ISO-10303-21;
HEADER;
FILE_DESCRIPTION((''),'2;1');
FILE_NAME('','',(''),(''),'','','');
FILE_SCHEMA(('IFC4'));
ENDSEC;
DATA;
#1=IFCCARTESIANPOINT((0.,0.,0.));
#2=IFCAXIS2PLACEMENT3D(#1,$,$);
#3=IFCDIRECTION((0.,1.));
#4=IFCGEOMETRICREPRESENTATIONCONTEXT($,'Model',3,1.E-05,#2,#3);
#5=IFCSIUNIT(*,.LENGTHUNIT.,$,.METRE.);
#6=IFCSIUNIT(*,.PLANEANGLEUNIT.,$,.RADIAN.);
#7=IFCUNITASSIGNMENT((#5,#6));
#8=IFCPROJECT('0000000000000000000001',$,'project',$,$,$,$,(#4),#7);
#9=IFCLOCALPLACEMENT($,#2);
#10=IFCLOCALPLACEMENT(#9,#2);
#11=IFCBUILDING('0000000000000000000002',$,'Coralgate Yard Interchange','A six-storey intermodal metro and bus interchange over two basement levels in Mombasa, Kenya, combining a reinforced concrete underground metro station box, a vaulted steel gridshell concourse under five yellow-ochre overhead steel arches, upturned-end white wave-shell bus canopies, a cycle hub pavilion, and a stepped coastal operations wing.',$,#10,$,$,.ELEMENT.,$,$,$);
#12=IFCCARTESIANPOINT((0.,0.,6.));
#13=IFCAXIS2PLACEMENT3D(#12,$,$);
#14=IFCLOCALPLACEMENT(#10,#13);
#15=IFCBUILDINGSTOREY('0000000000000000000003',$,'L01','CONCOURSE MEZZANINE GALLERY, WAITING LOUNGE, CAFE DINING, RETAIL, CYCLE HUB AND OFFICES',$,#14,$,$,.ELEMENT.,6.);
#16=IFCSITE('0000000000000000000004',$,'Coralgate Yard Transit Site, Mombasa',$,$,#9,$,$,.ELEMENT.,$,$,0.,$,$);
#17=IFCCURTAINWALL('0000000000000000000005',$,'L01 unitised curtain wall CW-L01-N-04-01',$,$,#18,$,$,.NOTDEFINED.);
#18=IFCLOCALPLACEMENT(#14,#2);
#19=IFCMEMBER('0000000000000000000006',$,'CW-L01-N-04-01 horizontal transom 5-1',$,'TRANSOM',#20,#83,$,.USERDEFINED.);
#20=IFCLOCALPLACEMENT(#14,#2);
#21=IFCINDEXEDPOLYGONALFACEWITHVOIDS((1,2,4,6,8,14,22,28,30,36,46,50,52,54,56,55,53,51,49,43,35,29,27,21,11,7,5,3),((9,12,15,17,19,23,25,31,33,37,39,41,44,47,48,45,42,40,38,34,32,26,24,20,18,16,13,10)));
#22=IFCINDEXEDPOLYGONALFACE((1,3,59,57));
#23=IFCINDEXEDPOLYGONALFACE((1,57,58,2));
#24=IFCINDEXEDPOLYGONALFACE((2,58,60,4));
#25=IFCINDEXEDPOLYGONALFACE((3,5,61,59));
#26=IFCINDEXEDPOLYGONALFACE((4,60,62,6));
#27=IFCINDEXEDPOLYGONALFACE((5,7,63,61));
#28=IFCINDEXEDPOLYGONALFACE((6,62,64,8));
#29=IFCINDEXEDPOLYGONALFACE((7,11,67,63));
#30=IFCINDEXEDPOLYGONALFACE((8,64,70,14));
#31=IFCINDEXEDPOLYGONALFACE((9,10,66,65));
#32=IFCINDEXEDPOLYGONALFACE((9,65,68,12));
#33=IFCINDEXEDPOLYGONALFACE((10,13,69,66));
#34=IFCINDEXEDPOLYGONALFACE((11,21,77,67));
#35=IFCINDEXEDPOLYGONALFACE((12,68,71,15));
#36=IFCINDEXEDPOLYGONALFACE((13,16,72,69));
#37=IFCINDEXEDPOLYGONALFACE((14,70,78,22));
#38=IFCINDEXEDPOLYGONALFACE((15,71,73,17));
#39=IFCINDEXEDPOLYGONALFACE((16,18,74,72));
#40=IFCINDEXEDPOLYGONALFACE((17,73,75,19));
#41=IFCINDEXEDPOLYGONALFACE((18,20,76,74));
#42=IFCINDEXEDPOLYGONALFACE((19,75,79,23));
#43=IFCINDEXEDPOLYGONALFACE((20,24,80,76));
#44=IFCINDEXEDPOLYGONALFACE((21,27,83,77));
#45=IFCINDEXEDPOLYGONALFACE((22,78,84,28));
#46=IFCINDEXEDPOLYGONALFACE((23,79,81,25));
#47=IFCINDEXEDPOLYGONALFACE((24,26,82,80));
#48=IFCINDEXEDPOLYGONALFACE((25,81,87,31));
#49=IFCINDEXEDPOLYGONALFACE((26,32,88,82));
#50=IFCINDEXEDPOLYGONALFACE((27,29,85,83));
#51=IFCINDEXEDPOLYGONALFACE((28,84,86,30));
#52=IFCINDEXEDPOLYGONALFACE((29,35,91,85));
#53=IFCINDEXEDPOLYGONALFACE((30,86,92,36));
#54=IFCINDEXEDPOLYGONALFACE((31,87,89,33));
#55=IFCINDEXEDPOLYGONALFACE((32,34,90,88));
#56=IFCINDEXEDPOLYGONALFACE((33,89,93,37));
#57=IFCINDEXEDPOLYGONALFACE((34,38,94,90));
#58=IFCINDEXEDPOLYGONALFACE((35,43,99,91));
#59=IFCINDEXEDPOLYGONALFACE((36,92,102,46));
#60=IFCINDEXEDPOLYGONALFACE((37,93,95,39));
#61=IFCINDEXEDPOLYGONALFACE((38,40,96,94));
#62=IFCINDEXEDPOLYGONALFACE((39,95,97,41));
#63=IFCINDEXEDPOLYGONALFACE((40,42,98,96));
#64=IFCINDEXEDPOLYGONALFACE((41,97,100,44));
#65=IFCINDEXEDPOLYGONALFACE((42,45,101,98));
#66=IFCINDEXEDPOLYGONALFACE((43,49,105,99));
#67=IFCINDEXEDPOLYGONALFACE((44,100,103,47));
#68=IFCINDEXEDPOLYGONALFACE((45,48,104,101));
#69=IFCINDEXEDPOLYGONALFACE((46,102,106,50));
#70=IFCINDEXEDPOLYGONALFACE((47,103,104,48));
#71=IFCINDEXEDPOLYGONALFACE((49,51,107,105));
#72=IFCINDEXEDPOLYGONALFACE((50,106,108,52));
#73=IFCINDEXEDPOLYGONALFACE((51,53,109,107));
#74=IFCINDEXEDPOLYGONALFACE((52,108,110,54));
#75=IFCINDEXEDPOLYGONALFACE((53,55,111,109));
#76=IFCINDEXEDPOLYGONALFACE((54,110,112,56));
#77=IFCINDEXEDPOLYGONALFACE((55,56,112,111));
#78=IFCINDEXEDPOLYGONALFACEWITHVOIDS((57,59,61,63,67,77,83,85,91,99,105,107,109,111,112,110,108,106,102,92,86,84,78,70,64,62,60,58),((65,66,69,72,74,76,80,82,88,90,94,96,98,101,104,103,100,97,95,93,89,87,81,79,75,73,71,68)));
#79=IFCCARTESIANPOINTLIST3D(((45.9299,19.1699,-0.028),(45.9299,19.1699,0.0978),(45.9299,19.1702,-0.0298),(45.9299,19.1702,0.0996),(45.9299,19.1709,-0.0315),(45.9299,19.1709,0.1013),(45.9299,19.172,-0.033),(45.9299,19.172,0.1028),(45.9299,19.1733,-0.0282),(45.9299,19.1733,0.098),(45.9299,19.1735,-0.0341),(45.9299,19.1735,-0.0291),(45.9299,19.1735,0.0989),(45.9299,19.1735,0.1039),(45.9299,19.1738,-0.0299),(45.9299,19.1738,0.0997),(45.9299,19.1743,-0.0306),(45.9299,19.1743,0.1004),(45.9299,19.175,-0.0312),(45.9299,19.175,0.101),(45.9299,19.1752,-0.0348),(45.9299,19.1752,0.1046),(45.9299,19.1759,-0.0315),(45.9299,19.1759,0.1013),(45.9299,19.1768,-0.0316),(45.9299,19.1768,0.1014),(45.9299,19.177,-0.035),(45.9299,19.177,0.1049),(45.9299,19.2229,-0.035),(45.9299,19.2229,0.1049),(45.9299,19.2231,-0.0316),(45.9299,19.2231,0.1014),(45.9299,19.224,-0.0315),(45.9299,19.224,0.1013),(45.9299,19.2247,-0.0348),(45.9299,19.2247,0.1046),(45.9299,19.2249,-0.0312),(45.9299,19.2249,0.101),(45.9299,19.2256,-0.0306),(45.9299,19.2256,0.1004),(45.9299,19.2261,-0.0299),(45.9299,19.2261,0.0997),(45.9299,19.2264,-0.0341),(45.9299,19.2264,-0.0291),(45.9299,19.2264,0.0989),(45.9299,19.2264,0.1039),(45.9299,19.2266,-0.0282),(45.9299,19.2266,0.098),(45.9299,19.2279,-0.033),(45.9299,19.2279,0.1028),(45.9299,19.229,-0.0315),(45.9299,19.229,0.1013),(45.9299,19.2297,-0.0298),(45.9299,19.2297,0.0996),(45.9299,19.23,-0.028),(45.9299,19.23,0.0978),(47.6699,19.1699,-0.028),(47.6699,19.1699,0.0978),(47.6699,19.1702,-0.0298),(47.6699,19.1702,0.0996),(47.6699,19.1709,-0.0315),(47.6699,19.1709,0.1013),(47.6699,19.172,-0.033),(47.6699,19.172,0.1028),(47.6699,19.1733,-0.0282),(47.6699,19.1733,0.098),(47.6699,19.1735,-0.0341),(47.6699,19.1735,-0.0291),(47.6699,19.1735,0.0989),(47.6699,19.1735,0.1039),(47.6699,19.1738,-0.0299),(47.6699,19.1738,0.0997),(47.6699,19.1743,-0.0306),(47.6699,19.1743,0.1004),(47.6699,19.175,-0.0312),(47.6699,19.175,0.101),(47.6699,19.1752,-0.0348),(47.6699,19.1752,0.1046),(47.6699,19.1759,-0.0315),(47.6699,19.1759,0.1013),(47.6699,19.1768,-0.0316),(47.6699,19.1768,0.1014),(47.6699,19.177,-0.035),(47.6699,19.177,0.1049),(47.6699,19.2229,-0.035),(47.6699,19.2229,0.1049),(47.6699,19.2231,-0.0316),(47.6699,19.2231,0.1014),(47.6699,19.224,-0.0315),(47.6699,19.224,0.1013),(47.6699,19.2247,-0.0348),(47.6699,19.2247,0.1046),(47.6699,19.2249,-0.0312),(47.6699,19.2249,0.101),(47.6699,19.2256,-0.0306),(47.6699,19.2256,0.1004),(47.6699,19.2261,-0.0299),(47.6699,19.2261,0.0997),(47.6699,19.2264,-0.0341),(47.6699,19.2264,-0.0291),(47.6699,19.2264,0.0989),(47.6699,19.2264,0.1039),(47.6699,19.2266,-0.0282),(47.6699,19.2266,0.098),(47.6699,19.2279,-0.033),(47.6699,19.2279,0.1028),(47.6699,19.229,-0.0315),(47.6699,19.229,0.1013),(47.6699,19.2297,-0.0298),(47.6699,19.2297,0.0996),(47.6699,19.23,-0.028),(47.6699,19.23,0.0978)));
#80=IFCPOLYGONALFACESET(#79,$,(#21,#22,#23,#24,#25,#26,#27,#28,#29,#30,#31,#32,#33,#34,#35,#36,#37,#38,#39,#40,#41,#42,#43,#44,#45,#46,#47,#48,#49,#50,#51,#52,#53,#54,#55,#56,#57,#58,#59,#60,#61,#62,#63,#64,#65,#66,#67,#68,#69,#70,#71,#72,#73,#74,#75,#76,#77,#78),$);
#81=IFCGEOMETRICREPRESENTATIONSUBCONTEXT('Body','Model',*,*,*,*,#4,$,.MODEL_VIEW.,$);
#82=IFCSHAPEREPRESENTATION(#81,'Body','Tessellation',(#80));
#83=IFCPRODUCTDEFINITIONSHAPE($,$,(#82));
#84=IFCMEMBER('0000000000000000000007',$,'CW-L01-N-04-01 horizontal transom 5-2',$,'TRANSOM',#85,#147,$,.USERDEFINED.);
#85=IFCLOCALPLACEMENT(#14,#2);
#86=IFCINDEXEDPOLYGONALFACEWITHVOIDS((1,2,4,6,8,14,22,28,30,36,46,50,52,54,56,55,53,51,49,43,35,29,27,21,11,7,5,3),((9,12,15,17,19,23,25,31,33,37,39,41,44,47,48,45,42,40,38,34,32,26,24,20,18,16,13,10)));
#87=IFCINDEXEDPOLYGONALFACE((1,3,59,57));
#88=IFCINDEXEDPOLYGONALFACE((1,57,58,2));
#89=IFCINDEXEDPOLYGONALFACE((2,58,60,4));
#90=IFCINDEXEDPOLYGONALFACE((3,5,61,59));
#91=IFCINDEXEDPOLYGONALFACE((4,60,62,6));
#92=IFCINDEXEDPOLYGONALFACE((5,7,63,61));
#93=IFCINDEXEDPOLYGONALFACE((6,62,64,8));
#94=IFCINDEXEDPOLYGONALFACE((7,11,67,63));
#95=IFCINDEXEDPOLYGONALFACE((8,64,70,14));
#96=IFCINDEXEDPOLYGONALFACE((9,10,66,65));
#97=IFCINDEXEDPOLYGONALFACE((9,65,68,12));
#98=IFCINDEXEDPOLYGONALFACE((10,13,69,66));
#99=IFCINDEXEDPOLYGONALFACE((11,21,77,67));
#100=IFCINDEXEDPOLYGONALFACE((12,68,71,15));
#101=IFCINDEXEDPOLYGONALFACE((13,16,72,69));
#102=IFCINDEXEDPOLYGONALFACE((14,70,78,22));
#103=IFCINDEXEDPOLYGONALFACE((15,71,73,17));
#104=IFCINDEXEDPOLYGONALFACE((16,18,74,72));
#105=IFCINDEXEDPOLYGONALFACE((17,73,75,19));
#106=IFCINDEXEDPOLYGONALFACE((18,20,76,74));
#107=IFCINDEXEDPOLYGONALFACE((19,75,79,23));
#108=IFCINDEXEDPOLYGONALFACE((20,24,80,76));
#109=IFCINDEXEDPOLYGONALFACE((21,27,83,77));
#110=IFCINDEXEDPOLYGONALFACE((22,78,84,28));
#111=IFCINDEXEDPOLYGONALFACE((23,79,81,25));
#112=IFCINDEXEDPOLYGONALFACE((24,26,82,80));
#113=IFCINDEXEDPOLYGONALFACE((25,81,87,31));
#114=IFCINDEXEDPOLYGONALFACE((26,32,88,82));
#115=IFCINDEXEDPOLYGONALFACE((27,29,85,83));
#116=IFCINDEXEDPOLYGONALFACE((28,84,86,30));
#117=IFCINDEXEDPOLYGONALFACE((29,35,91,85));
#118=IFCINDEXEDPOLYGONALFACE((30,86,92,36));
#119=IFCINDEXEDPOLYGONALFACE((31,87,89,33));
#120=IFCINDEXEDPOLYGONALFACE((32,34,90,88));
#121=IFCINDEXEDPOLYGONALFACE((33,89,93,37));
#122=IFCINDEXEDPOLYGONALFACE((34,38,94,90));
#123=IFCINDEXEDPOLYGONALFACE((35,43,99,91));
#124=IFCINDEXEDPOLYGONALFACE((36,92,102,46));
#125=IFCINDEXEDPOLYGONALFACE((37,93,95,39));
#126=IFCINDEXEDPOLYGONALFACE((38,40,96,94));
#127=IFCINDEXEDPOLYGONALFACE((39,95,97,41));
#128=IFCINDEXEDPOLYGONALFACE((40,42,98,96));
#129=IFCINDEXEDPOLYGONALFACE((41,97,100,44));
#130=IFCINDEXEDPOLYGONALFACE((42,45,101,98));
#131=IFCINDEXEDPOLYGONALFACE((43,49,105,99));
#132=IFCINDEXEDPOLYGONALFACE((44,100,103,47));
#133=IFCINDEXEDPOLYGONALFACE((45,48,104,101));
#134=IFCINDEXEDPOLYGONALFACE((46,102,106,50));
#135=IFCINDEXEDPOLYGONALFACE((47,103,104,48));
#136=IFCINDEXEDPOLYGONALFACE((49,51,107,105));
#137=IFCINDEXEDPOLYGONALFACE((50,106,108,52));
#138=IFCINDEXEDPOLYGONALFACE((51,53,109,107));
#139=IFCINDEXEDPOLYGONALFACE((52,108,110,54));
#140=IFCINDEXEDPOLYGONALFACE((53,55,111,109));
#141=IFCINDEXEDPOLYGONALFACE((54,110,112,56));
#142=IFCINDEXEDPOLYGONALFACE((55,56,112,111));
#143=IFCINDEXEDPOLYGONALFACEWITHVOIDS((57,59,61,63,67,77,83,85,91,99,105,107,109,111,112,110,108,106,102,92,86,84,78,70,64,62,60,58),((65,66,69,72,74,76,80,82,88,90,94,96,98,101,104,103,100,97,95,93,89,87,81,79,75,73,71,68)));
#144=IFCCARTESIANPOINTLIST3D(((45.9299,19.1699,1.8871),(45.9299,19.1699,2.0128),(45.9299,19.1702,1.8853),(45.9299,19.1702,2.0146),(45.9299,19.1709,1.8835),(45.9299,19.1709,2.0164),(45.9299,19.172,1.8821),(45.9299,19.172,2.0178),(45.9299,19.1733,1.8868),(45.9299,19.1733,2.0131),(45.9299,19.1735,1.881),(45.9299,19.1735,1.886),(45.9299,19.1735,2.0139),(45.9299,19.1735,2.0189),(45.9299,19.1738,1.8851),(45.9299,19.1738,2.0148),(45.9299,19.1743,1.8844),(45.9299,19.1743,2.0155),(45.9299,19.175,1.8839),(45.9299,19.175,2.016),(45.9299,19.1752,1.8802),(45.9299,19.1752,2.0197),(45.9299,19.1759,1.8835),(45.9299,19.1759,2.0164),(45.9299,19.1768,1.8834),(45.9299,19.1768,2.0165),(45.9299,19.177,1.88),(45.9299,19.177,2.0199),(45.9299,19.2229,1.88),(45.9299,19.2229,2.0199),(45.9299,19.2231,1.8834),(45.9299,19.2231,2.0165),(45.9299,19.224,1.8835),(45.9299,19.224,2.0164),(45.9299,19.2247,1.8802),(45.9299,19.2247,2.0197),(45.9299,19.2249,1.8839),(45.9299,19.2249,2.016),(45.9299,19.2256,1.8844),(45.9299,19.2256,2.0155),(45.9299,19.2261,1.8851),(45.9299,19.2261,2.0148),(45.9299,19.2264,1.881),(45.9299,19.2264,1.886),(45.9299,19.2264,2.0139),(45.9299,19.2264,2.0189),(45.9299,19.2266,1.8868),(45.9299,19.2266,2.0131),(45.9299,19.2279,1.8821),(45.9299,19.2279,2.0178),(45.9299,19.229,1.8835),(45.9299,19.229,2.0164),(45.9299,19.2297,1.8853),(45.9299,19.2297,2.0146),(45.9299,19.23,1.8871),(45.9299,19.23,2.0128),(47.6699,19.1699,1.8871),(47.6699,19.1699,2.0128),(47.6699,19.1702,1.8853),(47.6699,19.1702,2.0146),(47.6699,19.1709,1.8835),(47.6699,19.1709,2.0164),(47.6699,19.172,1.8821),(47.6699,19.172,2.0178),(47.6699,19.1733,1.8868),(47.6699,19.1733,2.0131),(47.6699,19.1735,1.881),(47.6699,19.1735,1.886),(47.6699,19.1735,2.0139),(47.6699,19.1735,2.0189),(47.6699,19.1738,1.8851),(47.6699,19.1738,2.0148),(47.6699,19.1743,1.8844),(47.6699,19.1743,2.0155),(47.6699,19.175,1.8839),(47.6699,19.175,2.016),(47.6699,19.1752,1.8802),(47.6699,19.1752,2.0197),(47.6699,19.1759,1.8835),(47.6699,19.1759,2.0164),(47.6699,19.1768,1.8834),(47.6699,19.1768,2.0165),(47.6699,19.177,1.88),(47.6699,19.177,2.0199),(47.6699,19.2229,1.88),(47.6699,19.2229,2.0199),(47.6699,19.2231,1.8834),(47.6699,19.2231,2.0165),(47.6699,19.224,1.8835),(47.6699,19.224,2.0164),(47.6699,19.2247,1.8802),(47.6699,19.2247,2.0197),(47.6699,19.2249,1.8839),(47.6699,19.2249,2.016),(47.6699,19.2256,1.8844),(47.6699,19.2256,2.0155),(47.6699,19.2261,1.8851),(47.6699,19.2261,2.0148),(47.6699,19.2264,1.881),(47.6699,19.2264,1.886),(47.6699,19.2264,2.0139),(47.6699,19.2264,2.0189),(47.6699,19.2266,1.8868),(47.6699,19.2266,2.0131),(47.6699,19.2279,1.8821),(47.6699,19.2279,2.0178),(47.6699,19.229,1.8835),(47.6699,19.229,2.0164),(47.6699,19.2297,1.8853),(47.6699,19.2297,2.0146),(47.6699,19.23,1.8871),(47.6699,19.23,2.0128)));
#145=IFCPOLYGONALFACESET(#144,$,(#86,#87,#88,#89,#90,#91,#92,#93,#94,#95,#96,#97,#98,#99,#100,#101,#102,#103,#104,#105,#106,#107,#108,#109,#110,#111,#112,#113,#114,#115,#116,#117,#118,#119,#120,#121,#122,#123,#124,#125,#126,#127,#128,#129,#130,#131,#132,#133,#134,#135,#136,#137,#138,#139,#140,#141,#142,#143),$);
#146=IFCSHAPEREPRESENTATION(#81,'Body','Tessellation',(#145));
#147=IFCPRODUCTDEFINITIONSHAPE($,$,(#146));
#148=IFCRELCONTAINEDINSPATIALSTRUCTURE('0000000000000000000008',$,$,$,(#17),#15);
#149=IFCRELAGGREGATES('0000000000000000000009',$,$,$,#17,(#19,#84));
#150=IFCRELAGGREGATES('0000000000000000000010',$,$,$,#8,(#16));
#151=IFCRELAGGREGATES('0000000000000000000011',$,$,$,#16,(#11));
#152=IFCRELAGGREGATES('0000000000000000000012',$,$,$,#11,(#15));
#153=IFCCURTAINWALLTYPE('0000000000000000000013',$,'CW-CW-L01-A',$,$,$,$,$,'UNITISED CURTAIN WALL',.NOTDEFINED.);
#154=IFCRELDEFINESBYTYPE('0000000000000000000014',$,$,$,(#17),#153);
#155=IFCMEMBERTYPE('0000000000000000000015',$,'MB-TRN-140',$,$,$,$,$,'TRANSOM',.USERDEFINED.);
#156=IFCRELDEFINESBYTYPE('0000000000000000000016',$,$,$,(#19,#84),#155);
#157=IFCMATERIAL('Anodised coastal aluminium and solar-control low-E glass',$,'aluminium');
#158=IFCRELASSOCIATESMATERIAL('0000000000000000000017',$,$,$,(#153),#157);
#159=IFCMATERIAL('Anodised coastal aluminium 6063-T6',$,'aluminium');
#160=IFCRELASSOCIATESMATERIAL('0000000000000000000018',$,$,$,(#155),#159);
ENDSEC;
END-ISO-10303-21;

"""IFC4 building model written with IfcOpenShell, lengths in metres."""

from ifc_helpers import new_model, si_unit, direction, frame, origin, origin_2d, place, context, subcontext, project, spatial, hollow_rectangle, extrude, material, material_profile, profile_set, type_object, element, aggregate, save


model = new_model("IFC4")

# Units and contexts
model_context = context("Model", 3, precision=1e-05, world=origin(), true_north=direction((0.0, 1.0)))
body_context = subcontext(model_context, "Body", "Model", "MODEL_VIEW")
ifc_project = project(units=[si_unit("LENGTHUNIT", "METRE"), si_unit("PLANEANGLEUNIT", "RADIAN")], contexts=[model_context])

# Site, building, storey
site_placement = place(None, origin())
site = spatial("IfcSite", under=ifc_project, at=site_placement, Name="Coralgate Yard Transit Site, Mombasa", CompositionType="ELEMENT", RefElevation=0.0)
building_placement = place(site_placement, origin())
building = spatial("IfcBuilding", under=site, at=building_placement, Name="Coralgate Yard Interchange", Description="A six-storey intermodal metro and bus interchange over two basement levels in Mombasa, Kenya, combining a reinforced concrete underground metro station box, a vaulted steel gridshell concourse under five yellow-ochre overhead steel arches, upturned-end white wave-shell bus canopies, a cycle hub pavilion, and a stepped coastal operations wing.", CompositionType="ELEMENT")
storey_placement = place(building_placement, frame((0.0, 0.0, 6.0)))
storey = spatial("IfcBuildingStorey", under=building, at=storey_placement, Name="L01", Description="CONCOURSE MEZZANINE GALLERY, WAITING LOUNGE, CAFE DINING, RETAIL, CYCLE HUB AND OFFICES", CompositionType="ELEMENT", Elevation=6.0)

# Curtain wall, members
ifc_material_1 = material(Name="Anodised coastal aluminium and solar-control low-E glass", Category="aluminium")
curtain_wall_type = type_object("IfcCurtainWallType", Name="CW-CW-L01-A", ElementType="UNITISED CURTAIN WALL", PredefinedType="NOTDEFINED", material=ifc_material_1)
curtain_wall_placement = place(storey_placement, origin())
curtain_wall = element("IfcCurtainWall", 1, at=curtain_wall_placement, inside=storey, type_object=curtain_wall_type, Name="L01 unitised curtain wall CW-L01-N-04-01", PredefinedType="NOTDEFINED")
ifc_material_2 = material(Name="Anodised coastal aluminium 6063-T6", Category="aluminium")
ifc_material_profile_1 = material_profile(ifc_material_2, hollow_rectangle(XDim=0.0601, YDim=0.1399, WallThickness=0.0034, InnerFilletRadius=0.0034, OuterFilletRadius=0.0071, at=origin_2d()), Name="ALU 60x140x3.5")
ifc_profile_set_1 = profile_set([ifc_material_profile_1], Name="Anodised coastal aluminium 6063-T6")
member_type_1 = type_object("IfcMemberType", Name="MB-TRN-140", ElementType="TRANSOM", PredefinedType="USERDEFINED", material=ifc_profile_set_1)
member_1_placement = place(storey_placement, frame((45.9299, 19.2, 0.0349), z_axis=(1.0, 0.0, 0.0), x_axis=(0.0, 1.0, 0.0)))
member_1 = element("IfcMember", 2, at=member_1_placement, type_object=member_type_1, Name="CW-L01-N-04-01 horizontal transom 5-1", ObjectType="TRANSOM", PredefinedType="USERDEFINED", context=body_context, shape_type="SweptSolid", body=[
    extrude(hollow_rectangle(XDim=0.0601, YDim=0.1399, WallThickness=0.0034, InnerFilletRadius=0.0034, OuterFilletRadius=0.0071, at=origin_2d()), origin(), (0.0, 0.0, 1.0), 1.74),
])
member_2_placement = place(storey_placement, frame((45.9299, 19.2, 1.95), z_axis=(1.0, 0.0, 0.0), x_axis=(0.0, 1.0, 0.0)))
member_2 = element("IfcMember", 3, at=member_2_placement, type_object=member_type_1, Name="CW-L01-N-04-01 horizontal transom 5-2", ObjectType="TRANSOM", PredefinedType="USERDEFINED", context=body_context, shape_type="SweptSolid", body=[
    extrude(hollow_rectangle(XDim=0.0601, YDim=0.1399, WallThickness=0.0034, InnerFilletRadius=0.0034, OuterFilletRadius=0.0071, at=origin_2d()), origin(), (0.0, 0.0, 1.0), 1.74),
])
aggregate(curtain_wall, [member_1, member_2])

save(model, "model.ifc")
